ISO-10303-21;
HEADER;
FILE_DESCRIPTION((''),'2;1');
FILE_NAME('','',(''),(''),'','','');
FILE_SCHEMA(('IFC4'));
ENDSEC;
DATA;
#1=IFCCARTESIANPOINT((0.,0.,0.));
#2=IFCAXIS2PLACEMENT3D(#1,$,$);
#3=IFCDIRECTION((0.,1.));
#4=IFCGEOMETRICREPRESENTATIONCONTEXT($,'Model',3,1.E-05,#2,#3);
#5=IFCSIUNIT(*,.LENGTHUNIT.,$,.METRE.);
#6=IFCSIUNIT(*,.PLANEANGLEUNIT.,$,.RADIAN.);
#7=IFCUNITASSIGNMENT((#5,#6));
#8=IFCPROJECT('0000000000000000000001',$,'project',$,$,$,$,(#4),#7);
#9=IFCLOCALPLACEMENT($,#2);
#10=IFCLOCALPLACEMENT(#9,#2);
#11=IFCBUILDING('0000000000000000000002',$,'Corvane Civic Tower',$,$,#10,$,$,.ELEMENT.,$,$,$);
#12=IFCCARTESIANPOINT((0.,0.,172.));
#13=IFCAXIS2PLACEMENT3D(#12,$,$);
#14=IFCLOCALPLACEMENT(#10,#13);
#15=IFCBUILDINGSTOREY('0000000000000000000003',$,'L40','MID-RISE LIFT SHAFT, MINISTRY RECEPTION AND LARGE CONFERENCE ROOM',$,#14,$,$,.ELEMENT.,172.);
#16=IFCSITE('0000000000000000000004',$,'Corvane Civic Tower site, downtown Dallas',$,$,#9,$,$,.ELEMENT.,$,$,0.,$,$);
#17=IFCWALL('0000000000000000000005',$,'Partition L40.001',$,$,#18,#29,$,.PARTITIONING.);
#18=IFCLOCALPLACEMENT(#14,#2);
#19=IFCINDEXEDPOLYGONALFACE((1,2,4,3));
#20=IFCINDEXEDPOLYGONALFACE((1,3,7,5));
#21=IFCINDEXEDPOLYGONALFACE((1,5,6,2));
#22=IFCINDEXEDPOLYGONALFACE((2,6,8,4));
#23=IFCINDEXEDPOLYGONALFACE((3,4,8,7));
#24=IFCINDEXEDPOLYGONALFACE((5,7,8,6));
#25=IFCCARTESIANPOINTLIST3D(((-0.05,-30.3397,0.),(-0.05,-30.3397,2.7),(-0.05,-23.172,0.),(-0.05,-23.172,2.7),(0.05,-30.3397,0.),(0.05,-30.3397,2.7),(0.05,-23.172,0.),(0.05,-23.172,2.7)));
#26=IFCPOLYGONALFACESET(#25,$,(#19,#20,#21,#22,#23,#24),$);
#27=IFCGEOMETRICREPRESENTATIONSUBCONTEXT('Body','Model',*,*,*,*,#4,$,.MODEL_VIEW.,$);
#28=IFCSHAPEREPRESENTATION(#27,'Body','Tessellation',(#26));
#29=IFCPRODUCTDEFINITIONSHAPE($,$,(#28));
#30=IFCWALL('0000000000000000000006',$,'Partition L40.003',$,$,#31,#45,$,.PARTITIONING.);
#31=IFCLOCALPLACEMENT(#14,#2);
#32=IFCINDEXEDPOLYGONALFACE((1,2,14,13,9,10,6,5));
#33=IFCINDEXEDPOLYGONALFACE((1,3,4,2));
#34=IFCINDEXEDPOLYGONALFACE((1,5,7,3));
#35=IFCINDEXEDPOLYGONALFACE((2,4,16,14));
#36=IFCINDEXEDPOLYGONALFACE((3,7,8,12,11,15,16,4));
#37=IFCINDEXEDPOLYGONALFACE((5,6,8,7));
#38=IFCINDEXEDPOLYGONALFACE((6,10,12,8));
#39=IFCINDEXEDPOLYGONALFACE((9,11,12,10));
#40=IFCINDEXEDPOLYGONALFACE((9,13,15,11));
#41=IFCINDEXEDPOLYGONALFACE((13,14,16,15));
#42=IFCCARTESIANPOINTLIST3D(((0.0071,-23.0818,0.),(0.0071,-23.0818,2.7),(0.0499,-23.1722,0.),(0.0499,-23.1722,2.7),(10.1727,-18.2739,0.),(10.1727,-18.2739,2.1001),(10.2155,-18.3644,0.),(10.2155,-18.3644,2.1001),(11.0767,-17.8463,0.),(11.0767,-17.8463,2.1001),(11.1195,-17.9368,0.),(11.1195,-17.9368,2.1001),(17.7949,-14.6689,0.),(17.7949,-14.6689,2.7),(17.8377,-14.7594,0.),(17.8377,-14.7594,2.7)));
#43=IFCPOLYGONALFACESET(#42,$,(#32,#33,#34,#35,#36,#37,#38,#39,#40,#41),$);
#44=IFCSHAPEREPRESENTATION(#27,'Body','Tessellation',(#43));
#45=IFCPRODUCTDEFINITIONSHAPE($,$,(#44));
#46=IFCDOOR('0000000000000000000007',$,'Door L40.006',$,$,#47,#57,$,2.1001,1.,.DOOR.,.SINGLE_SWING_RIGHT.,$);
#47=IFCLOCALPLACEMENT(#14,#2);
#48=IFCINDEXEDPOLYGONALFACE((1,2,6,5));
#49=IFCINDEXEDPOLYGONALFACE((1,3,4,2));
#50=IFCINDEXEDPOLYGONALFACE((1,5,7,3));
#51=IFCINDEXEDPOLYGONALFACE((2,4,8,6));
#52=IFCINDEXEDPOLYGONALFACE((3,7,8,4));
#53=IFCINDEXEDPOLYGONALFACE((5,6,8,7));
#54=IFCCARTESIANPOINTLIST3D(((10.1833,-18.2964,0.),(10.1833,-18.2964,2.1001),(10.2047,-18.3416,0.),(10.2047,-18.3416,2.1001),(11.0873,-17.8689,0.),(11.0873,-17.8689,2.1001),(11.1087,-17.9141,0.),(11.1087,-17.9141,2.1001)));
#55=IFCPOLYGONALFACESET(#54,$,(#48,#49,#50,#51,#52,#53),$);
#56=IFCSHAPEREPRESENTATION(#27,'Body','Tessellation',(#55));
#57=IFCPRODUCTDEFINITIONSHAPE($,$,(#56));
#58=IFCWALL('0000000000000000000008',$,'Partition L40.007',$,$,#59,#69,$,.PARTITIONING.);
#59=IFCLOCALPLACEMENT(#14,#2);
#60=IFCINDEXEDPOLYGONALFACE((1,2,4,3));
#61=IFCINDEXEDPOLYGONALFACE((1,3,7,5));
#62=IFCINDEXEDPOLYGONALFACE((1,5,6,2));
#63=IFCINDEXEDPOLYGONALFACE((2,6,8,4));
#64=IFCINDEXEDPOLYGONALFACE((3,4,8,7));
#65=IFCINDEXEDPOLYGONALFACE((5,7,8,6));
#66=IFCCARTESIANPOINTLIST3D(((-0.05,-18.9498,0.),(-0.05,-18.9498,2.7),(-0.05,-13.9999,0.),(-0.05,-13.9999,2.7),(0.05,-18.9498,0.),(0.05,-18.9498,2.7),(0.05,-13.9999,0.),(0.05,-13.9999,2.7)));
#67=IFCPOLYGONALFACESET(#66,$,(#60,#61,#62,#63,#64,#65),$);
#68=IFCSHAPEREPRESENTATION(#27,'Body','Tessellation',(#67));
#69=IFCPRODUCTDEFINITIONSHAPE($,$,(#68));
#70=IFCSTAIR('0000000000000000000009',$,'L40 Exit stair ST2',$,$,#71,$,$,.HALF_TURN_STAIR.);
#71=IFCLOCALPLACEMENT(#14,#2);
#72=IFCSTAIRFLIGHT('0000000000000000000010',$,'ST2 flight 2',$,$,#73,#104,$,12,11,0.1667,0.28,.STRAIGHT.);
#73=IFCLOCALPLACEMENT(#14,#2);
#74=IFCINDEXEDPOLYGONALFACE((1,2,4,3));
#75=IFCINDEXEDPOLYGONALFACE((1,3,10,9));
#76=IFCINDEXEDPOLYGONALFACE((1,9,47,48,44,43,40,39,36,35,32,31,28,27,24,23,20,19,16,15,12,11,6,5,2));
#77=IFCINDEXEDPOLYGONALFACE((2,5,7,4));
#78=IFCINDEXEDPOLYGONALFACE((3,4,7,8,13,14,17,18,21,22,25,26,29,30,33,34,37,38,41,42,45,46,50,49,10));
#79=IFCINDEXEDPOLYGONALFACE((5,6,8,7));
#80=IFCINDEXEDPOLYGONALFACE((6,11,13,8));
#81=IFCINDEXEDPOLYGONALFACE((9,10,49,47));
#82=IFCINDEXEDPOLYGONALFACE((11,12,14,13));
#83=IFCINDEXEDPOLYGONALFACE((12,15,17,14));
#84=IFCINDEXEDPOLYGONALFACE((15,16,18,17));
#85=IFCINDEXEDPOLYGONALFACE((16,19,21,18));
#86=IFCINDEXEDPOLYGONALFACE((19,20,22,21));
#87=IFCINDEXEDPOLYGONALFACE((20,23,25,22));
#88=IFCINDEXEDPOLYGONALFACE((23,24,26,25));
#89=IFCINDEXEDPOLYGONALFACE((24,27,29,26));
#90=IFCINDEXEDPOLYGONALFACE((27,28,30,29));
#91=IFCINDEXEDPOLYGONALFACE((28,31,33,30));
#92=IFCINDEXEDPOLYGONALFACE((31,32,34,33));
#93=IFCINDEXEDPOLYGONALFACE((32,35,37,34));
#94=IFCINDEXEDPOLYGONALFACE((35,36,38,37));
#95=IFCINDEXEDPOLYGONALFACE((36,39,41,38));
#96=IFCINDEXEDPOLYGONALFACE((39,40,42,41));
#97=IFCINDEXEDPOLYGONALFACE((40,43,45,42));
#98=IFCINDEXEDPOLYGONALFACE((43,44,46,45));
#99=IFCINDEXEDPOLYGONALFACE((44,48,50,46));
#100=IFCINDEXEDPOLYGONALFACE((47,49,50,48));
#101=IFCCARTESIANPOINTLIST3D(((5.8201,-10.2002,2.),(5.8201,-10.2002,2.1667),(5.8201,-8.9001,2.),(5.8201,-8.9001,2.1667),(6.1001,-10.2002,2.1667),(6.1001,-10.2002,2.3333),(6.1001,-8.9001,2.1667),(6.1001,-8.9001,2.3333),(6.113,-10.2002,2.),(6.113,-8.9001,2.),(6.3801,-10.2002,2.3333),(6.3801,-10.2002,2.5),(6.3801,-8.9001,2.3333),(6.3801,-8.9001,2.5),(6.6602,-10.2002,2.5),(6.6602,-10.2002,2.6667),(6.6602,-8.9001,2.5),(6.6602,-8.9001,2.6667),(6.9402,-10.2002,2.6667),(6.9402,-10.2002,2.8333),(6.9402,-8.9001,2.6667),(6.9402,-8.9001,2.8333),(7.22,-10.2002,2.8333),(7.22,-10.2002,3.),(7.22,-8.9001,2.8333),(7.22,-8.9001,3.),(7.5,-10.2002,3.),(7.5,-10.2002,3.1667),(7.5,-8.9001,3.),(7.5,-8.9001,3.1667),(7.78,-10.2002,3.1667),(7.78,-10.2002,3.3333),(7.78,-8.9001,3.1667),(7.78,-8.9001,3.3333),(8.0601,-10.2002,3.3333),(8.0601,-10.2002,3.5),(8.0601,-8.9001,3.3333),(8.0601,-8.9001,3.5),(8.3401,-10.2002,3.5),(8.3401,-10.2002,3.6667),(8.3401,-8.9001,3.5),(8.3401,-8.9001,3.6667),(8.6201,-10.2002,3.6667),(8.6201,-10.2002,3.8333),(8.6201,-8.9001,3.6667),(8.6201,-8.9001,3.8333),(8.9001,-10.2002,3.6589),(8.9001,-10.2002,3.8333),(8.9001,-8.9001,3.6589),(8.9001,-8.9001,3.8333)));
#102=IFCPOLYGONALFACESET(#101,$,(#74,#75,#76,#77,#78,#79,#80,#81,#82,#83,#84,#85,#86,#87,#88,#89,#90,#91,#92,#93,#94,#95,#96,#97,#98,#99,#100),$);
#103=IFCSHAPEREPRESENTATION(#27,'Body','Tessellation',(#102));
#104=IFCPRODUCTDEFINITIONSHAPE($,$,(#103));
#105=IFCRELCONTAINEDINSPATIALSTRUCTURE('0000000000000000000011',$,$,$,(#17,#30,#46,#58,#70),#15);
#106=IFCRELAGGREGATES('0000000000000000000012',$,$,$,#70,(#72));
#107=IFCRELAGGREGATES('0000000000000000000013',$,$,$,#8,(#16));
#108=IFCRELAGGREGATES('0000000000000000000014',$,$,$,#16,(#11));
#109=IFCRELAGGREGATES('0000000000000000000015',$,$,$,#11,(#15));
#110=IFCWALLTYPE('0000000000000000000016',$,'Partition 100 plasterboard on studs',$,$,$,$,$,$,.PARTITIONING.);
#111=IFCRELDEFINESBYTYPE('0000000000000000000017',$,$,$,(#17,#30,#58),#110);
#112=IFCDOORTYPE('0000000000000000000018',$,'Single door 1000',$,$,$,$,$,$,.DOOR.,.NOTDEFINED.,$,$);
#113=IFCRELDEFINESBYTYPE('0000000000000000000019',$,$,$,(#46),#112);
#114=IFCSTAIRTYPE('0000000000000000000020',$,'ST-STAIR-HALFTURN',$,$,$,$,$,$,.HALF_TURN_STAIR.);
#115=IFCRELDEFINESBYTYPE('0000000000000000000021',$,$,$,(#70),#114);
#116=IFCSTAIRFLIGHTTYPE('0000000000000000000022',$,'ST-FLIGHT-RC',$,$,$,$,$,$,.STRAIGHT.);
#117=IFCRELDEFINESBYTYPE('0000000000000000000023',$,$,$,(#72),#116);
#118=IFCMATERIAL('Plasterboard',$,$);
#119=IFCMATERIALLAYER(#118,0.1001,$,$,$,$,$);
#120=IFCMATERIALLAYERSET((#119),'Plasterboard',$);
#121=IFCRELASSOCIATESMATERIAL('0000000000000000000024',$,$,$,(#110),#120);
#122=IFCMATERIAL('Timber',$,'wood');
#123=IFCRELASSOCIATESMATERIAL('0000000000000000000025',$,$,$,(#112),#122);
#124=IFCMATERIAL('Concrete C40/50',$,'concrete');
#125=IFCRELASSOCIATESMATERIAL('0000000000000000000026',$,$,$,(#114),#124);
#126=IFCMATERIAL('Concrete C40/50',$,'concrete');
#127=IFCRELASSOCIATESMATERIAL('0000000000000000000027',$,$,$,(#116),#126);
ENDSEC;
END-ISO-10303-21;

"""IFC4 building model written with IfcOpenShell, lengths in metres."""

from ifc_helpers import new_model, si_unit, direction, frame, frame_2d, origin, place, context, subcontext, project, spatial, polyline, rectangle, outline, extrude, material, layer, layer_set, type_object, element, fill, aggregate, save


model = new_model("IFC4")

# Units and contexts
model_context = context("Model", 3, precision=1e-05, world=origin(), true_north=direction((0.0, 1.0)))
body_context = subcontext(model_context, "Body", "Model", "MODEL_VIEW")
ifc_project = project(units=[si_unit("LENGTHUNIT", "METRE"), si_unit("PLANEANGLEUNIT", "RADIAN")], contexts=[model_context])

# Site, building, storey
site_placement = place(None, origin())
site = spatial("IfcSite", under=ifc_project, at=site_placement, Name="Corvane Civic Tower site, downtown Dallas", CompositionType="ELEMENT", RefElevation=0.0)
building_placement = place(site_placement, origin())
building = spatial("IfcBuilding", under=site, at=building_placement, Name="Corvane Civic Tower", CompositionType="ELEMENT")
storey_placement = place(building_placement, frame((0.0, 0.0, 172.0)))
storey = spatial("IfcBuildingStorey", under=building, at=storey_placement, Name="L40", Description="MID-RISE LIFT SHAFT, MINISTRY RECEPTION AND LARGE CONFERENCE ROOM", CompositionType="ELEMENT", Elevation=172.0)

# Wall
ifc_material_1 = material(Name="Plasterboard")
ifc_layer_1 = layer(ifc_material_1, 0.1001)
ifc_layer_set_1 = layer_set([ifc_layer_1], Name="Plasterboard")
wall_type_1 = type_object("IfcWallType", Name="Partition 100 plasterboard on studs", PredefinedType="PARTITIONING", material=ifc_layer_set_1)
wall_1_placement = place(storey_placement, frame((0.0, -30.3398, 0.0), z_axis=(0.0, 0.0, 1.0), x_axis=(0.0, 1.0, 0.0)))
element("IfcWall", 1, at=wall_1_placement, inside=storey, type_object=wall_type_1, Name="Partition L40.001", PredefinedType="PARTITIONING", context=body_context, shape_type="SweptSolid", body=[
    extrude(rectangle(XDim=7.1677, YDim=0.1001, at=frame_2d((3.584, 0.0))), origin(), (0.0, 0.0, 1.0), 2.7),
])

# Wall, opening, door
wall_2_placement = place(storey_placement, frame((0.0286, -23.127, 0.0), z_axis=(0.0, 0.0, 1.0), x_axis=(0.903993, 0.427548, 0.0)))
wall_2 = element("IfcWall", 2, at=wall_2_placement, inside=storey, type_object=wall_type_1, Name="Partition L40.003", PredefinedType="PARTITIONING", context=body_context, shape_type="SweptSolid", body=[
    extrude(rectangle(XDim=19.677, YDim=0.1001, at=frame_2d((9.8384, 0.0))), origin(), (0.0, 0.0, 1.0), 2.7),
])
opening_1_placement = place(wall_2_placement, frame((11.2451, 0.0, 0.0)))
opening_1 = element("IfcOpeningElement", 3, at=opening_1_placement, cuts=wall_2, PredefinedType="OPENING", context=body_context, shape_type="SweptSolid", body=[
    extrude(rectangle(XDim=1.0, YDim=2.1001, at=frame_2d((0.5, 1.05))), frame((0.0, 0.0601, 0.0), z_axis=(0.0, -1.0, 0.0), x_axis=(1.0, 0.0, 0.0)), (0.0, 0.0, 1.0), 0.1201),
])
ifc_material_2 = material(Name="Timber", Category="wood")
door_type_1 = type_object("IfcDoorType", Name="Single door 1000", OperationType="NOTDEFINED", PredefinedType="DOOR", material=ifc_material_2)
door_1_placement = place(opening_1_placement, frame((1.0, 0.0, 0.0), z_axis=(0.0, 0.0, 1.0), x_axis=(-1.0, 0.0, 0.0)))
door_1 = element("IfcDoor", 4, at=door_1_placement, inside=storey, type_object=door_type_1, Name="Door L40.006", OperationType="SINGLE_SWING_RIGHT", OverallHeight=2.1001, OverallWidth=1.0, PredefinedType="DOOR", context=body_context, shape_type="SweptSolid", body=[
    extrude(rectangle(XDim=1.0, YDim=2.1001, at=frame_2d((0.5, 1.05))), frame((0.0, 0.0249, 0.0), z_axis=(0.0, -1.0, 0.0), x_axis=(1.0, 0.0, 0.0)), (0.0, 0.0, 1.0), 0.05),
])
fill(opening_1, door_1)

# Wall
wall_3_placement = place(storey_placement, frame((0.0, -18.95, 0.0), z_axis=(0.0, 0.0, 1.0), x_axis=(0.0, 1.0, 0.0)))
element("IfcWall", 5, at=wall_3_placement, inside=storey, type_object=wall_type_1, Name="Partition L40.007", PredefinedType="PARTITIONING", context=body_context, shape_type="SweptSolid", body=[
    extrude(rectangle(XDim=4.95, YDim=0.1001, at=frame_2d((2.4751, 0.0))), origin(), (0.0, 0.0, 1.0), 2.7),
])

# Stair, stair flight
ifc_material_3 = material(Name="Concrete C40/50", Category="concrete")
stair_type = type_object("IfcStairType", Name="ST-STAIR-HALFTURN", PredefinedType="HALF_TURN_STAIR", material=ifc_material_3)
stair_placement = place(storey_placement, origin())
stair = element("IfcStair", 6, at=stair_placement, inside=storey, type_object=stair_type, Name="L40 Exit stair ST2", PredefinedType="HALF_TURN_STAIR")
ifc_material_4 = material(Name="Concrete C40/50", Category="concrete")
stair_flight_type = type_object("IfcStairFlightType", Name="ST-FLIGHT-RC", PredefinedType="STRAIGHT", material=ifc_material_4)
stair_flight_placement = place(storey_placement, frame((5.8201, -9.55, 2.0), z_axis=(0.0, 0.0, 1.0), x_axis=(1.0, 0.0, 0.0)))
stair_flight = element("IfcStairFlight", 7, at=stair_flight_placement, type_object=stair_flight_type, Name="ST2 flight 2", NumberOfRisers=12, NumberOfTreads=11, PredefinedType="STRAIGHT", RiserHeight=0.1667, TreadLength=0.28, context=body_context, shape_type="SweptSolid", body=[
    extrude(outline(polyline([(0.0, 0.0), (0.0, 0.1667), (0.28, 0.1667), (0.28, 0.3333), (0.5601, 0.3333), (0.5601, 0.5), (0.8401, 0.5), (0.8401, 0.6667), (1.1201, 0.6667), (1.1201, 0.8333), (1.3999, 0.8333), (1.3999, 1.0), (1.6799, 1.0), (1.6799, 1.1667), (1.96, 1.1667), (1.96, 1.3333), (2.24, 1.3333), (2.24, 1.5), (2.52, 1.5), (2.52, 1.6667), (2.8, 1.6667), (2.8, 1.8333), (3.0801, 1.8333), (3.0801, 2.0), (3.0801, 1.6589), (0.293, 0.0), (0.0, 0.0)])), frame((0.0, 0.6499, 0.0), z_axis=(0.0, -1.0, 0.0), x_axis=(1.0, 0.0, 0.0)), (0.0, 0.0, 1.0), 1.3),
])
aggregate(stair, [stair_flight])

save(model, "model.ifc")
